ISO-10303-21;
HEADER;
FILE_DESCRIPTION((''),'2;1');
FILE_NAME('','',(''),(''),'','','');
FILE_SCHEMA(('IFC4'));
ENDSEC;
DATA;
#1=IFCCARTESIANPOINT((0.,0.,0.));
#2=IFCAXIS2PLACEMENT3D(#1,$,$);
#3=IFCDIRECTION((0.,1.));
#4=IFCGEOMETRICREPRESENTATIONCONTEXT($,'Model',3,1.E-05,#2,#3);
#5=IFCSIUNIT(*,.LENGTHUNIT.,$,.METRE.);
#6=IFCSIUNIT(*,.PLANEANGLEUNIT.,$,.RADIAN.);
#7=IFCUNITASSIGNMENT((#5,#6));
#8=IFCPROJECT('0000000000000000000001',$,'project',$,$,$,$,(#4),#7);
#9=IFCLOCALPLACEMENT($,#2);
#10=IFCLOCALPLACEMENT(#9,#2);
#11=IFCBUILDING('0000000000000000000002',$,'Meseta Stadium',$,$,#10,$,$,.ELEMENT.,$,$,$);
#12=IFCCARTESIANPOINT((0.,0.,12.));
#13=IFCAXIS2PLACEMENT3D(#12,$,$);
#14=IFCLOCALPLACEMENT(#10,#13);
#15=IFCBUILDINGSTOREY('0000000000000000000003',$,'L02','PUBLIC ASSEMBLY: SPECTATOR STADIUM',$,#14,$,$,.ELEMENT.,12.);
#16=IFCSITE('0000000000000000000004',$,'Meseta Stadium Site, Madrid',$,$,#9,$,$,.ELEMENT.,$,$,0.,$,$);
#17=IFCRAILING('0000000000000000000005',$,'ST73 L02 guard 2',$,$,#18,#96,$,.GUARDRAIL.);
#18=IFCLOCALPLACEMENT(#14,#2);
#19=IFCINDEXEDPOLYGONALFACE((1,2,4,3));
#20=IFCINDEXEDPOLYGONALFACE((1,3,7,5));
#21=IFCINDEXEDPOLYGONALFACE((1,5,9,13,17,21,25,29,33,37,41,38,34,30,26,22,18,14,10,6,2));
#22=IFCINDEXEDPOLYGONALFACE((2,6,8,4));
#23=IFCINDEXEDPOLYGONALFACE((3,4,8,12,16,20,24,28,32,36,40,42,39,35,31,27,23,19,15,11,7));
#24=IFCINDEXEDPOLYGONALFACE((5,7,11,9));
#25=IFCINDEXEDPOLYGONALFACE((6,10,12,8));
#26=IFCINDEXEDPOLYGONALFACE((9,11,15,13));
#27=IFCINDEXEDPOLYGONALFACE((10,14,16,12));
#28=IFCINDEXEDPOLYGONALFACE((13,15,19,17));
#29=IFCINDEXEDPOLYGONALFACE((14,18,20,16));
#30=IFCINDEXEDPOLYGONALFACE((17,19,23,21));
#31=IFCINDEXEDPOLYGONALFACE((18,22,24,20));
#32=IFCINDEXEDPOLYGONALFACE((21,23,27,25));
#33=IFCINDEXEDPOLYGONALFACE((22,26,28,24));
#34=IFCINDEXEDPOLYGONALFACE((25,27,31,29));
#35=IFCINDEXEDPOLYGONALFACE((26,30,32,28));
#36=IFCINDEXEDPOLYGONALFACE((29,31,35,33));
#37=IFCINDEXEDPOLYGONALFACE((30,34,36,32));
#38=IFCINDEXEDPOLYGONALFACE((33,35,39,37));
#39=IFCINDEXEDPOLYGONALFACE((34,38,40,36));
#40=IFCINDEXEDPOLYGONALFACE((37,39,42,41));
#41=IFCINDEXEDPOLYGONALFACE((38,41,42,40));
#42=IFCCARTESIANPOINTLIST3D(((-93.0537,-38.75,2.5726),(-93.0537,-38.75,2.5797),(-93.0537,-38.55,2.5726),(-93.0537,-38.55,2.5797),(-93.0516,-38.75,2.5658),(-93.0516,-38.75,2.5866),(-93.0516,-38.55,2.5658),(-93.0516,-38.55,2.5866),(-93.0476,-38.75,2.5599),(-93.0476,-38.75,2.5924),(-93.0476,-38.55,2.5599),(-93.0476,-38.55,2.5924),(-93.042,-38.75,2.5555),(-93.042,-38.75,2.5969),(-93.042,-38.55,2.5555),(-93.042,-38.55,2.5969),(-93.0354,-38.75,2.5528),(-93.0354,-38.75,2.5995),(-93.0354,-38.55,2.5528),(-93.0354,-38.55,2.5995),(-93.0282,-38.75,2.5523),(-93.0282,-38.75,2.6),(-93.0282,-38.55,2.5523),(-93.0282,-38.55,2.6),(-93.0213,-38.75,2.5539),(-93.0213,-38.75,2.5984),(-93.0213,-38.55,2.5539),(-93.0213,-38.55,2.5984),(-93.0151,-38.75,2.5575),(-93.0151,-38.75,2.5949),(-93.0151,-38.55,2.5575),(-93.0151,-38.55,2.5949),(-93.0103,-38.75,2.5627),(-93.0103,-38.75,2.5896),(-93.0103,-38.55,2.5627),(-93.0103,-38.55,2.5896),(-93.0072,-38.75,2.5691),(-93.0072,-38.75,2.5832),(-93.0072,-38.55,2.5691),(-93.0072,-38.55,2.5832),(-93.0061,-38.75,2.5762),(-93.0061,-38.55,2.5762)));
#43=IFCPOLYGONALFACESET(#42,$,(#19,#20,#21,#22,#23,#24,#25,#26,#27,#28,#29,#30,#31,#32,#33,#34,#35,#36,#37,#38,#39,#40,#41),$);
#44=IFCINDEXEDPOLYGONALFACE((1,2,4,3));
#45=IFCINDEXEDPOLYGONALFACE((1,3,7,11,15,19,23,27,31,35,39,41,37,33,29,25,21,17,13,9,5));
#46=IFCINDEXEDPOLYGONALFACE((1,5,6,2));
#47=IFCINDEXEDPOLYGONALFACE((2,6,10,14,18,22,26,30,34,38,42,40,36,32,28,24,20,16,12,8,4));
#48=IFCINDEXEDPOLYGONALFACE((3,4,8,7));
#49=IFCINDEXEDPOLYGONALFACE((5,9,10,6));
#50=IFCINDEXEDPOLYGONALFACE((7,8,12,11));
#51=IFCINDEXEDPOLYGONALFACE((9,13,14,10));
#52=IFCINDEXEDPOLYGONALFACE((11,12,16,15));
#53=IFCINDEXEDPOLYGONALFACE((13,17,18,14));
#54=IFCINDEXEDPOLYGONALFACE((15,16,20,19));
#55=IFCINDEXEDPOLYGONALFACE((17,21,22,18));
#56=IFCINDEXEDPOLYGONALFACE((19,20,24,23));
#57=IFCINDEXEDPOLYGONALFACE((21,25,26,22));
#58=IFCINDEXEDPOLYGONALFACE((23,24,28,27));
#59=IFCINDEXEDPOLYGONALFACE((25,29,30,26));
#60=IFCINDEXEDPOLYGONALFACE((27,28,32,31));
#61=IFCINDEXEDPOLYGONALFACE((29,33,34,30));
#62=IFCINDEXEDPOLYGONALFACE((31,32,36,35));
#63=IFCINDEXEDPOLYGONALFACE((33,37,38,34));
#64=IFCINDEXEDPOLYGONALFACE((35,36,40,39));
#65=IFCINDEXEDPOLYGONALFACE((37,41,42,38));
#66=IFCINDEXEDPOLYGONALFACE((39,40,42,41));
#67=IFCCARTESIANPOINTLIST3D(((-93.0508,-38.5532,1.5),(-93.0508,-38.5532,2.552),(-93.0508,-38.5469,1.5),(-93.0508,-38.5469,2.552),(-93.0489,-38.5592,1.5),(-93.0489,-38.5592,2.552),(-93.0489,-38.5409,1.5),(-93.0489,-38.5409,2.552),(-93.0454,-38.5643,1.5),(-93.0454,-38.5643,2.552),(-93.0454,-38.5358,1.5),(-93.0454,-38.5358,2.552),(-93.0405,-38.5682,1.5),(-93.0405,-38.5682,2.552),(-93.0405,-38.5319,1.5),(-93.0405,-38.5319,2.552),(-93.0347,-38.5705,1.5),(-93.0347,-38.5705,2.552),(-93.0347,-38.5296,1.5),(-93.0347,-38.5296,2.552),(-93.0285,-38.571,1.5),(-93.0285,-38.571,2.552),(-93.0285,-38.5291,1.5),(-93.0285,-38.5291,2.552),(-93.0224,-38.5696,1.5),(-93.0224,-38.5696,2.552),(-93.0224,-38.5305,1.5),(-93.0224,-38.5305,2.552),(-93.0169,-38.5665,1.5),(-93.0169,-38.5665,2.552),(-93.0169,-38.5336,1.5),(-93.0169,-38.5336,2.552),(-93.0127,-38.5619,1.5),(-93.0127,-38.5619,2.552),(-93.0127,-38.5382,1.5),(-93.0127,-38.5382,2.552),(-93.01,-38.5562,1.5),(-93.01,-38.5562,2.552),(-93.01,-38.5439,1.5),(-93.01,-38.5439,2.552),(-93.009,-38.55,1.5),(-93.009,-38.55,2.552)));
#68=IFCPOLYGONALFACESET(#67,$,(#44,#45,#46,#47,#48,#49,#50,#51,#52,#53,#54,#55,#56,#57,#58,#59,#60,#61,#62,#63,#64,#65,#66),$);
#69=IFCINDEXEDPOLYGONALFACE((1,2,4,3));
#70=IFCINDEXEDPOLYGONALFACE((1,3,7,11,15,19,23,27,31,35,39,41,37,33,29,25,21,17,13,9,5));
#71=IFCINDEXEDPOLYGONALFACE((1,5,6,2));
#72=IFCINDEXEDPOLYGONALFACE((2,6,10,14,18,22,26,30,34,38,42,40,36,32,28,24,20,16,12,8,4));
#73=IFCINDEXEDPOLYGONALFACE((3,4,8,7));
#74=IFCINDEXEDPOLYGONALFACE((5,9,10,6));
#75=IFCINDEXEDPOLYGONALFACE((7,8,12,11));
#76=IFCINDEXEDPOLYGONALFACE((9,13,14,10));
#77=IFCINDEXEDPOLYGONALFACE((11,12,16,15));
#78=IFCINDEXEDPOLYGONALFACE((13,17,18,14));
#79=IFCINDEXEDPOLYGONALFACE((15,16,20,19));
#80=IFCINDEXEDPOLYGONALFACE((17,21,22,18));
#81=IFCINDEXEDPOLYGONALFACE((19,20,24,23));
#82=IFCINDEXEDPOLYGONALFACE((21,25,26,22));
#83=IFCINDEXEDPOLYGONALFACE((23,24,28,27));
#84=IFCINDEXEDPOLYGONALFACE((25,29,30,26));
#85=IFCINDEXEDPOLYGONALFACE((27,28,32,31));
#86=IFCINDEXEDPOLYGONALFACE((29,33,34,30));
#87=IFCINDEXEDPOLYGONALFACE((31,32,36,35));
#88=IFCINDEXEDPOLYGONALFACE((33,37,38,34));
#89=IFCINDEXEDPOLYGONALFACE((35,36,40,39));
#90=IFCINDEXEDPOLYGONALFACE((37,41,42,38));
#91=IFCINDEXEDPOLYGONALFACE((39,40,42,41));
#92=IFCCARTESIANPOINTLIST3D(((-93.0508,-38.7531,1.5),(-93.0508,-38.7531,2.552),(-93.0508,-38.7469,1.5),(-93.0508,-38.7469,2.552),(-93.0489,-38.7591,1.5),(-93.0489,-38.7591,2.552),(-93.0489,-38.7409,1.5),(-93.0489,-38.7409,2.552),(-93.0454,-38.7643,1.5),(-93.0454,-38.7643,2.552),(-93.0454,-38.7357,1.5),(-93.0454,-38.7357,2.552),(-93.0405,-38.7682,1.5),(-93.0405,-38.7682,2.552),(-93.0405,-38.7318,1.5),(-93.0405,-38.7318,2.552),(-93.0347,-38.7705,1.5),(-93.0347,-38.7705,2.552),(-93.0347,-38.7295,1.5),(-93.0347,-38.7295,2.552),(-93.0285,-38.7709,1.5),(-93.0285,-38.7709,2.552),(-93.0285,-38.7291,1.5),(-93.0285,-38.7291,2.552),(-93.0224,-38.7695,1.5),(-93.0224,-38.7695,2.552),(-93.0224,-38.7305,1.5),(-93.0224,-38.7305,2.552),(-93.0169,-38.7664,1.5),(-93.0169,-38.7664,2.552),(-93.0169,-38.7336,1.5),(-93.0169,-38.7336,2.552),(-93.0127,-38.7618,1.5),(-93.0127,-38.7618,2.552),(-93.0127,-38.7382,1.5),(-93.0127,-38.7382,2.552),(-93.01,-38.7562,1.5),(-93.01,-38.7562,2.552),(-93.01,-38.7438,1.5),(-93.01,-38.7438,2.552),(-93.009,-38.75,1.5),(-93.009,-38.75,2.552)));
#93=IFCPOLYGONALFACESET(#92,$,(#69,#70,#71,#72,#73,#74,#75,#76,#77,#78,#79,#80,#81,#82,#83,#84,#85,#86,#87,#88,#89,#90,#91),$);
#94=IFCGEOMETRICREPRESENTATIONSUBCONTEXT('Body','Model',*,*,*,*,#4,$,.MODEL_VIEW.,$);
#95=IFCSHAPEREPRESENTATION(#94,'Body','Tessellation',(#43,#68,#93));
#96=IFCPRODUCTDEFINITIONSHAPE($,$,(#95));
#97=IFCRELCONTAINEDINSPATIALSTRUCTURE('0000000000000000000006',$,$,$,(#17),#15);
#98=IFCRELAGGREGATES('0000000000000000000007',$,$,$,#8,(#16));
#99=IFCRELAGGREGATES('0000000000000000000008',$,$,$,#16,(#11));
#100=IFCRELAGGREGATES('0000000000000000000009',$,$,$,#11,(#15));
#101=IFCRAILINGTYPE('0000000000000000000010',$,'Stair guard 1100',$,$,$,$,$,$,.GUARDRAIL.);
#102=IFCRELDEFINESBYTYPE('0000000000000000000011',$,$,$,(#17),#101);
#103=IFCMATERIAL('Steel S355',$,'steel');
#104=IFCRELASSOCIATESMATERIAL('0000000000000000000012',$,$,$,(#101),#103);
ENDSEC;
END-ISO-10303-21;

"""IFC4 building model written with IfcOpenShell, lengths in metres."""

from ifc_helpers import new_model, si_unit, direction, frame, origin, origin_2d, place, context, subcontext, project, spatial, circle, extrude, material, type_object, element, save


model = new_model("IFC4")

# Units and contexts
model_context = context("Model", 3, precision=1e-05, world=origin(), true_north=direction((0.0, 1.0)))
body_context = subcontext(model_context, "Body", "Model", "MODEL_VIEW")
ifc_project = project(units=[si_unit("LENGTHUNIT", "METRE"), si_unit("PLANEANGLEUNIT", "RADIAN")], contexts=[model_context])

# Site, building, storey
site_placement = place(None, origin())
site = spatial("IfcSite", under=ifc_project, at=site_placement, Name="Meseta Stadium Site, Madrid", CompositionType="ELEMENT", RefElevation=0.0)
building_placement = place(site_placement, origin())
building = spatial("IfcBuilding", under=site, at=building_placement, Name="Meseta Stadium", CompositionType="ELEMENT")
storey_placement = place(building_placement, frame((0.0, 0.0, 12.0)))
storey = spatial("IfcBuildingStorey", under=building, at=storey_placement, Name="L02", Description="PUBLIC ASSEMBLY: SPECTATOR STADIUM", CompositionType="ELEMENT", Elevation=12.0)

# Railing
ifc_material_1 = material(Name="Steel S355", Category="steel")
railing_type_1 = type_object("IfcRailingType", Name="Stair guard 1100", PredefinedType="GUARDRAIL", material=ifc_material_1)
railing_1_placement = place(storey_placement, frame((-93.03, -38.55, 1.5)))
element("IfcRailing", 1, at=railing_1_placement, inside=storey, type_object=railing_type_1, Name="ST73 L02 guard 2", PredefinedType="GUARDRAIL", context=body_context, shape_type="SweptSolid", body=[
    extrude(circle(Radius=0.0239, at=origin_2d()), frame((0.0, 0.0, 1.0762), z_axis=(0.0, -1.0, 0.0), x_axis=(1.0, 0.0, 0.0)), (0.0, 0.0, 1.0), 0.2),
    extrude(circle(Radius=0.021, at=origin_2d()), origin(), (0.0, 0.0, 1.0), 1.052),
    extrude(circle(Radius=0.021, at=origin_2d()), frame((0.0, -0.2, 0.0)), (0.0, 0.0, 1.0), 1.052),
])

save(model, "model.ifc")
